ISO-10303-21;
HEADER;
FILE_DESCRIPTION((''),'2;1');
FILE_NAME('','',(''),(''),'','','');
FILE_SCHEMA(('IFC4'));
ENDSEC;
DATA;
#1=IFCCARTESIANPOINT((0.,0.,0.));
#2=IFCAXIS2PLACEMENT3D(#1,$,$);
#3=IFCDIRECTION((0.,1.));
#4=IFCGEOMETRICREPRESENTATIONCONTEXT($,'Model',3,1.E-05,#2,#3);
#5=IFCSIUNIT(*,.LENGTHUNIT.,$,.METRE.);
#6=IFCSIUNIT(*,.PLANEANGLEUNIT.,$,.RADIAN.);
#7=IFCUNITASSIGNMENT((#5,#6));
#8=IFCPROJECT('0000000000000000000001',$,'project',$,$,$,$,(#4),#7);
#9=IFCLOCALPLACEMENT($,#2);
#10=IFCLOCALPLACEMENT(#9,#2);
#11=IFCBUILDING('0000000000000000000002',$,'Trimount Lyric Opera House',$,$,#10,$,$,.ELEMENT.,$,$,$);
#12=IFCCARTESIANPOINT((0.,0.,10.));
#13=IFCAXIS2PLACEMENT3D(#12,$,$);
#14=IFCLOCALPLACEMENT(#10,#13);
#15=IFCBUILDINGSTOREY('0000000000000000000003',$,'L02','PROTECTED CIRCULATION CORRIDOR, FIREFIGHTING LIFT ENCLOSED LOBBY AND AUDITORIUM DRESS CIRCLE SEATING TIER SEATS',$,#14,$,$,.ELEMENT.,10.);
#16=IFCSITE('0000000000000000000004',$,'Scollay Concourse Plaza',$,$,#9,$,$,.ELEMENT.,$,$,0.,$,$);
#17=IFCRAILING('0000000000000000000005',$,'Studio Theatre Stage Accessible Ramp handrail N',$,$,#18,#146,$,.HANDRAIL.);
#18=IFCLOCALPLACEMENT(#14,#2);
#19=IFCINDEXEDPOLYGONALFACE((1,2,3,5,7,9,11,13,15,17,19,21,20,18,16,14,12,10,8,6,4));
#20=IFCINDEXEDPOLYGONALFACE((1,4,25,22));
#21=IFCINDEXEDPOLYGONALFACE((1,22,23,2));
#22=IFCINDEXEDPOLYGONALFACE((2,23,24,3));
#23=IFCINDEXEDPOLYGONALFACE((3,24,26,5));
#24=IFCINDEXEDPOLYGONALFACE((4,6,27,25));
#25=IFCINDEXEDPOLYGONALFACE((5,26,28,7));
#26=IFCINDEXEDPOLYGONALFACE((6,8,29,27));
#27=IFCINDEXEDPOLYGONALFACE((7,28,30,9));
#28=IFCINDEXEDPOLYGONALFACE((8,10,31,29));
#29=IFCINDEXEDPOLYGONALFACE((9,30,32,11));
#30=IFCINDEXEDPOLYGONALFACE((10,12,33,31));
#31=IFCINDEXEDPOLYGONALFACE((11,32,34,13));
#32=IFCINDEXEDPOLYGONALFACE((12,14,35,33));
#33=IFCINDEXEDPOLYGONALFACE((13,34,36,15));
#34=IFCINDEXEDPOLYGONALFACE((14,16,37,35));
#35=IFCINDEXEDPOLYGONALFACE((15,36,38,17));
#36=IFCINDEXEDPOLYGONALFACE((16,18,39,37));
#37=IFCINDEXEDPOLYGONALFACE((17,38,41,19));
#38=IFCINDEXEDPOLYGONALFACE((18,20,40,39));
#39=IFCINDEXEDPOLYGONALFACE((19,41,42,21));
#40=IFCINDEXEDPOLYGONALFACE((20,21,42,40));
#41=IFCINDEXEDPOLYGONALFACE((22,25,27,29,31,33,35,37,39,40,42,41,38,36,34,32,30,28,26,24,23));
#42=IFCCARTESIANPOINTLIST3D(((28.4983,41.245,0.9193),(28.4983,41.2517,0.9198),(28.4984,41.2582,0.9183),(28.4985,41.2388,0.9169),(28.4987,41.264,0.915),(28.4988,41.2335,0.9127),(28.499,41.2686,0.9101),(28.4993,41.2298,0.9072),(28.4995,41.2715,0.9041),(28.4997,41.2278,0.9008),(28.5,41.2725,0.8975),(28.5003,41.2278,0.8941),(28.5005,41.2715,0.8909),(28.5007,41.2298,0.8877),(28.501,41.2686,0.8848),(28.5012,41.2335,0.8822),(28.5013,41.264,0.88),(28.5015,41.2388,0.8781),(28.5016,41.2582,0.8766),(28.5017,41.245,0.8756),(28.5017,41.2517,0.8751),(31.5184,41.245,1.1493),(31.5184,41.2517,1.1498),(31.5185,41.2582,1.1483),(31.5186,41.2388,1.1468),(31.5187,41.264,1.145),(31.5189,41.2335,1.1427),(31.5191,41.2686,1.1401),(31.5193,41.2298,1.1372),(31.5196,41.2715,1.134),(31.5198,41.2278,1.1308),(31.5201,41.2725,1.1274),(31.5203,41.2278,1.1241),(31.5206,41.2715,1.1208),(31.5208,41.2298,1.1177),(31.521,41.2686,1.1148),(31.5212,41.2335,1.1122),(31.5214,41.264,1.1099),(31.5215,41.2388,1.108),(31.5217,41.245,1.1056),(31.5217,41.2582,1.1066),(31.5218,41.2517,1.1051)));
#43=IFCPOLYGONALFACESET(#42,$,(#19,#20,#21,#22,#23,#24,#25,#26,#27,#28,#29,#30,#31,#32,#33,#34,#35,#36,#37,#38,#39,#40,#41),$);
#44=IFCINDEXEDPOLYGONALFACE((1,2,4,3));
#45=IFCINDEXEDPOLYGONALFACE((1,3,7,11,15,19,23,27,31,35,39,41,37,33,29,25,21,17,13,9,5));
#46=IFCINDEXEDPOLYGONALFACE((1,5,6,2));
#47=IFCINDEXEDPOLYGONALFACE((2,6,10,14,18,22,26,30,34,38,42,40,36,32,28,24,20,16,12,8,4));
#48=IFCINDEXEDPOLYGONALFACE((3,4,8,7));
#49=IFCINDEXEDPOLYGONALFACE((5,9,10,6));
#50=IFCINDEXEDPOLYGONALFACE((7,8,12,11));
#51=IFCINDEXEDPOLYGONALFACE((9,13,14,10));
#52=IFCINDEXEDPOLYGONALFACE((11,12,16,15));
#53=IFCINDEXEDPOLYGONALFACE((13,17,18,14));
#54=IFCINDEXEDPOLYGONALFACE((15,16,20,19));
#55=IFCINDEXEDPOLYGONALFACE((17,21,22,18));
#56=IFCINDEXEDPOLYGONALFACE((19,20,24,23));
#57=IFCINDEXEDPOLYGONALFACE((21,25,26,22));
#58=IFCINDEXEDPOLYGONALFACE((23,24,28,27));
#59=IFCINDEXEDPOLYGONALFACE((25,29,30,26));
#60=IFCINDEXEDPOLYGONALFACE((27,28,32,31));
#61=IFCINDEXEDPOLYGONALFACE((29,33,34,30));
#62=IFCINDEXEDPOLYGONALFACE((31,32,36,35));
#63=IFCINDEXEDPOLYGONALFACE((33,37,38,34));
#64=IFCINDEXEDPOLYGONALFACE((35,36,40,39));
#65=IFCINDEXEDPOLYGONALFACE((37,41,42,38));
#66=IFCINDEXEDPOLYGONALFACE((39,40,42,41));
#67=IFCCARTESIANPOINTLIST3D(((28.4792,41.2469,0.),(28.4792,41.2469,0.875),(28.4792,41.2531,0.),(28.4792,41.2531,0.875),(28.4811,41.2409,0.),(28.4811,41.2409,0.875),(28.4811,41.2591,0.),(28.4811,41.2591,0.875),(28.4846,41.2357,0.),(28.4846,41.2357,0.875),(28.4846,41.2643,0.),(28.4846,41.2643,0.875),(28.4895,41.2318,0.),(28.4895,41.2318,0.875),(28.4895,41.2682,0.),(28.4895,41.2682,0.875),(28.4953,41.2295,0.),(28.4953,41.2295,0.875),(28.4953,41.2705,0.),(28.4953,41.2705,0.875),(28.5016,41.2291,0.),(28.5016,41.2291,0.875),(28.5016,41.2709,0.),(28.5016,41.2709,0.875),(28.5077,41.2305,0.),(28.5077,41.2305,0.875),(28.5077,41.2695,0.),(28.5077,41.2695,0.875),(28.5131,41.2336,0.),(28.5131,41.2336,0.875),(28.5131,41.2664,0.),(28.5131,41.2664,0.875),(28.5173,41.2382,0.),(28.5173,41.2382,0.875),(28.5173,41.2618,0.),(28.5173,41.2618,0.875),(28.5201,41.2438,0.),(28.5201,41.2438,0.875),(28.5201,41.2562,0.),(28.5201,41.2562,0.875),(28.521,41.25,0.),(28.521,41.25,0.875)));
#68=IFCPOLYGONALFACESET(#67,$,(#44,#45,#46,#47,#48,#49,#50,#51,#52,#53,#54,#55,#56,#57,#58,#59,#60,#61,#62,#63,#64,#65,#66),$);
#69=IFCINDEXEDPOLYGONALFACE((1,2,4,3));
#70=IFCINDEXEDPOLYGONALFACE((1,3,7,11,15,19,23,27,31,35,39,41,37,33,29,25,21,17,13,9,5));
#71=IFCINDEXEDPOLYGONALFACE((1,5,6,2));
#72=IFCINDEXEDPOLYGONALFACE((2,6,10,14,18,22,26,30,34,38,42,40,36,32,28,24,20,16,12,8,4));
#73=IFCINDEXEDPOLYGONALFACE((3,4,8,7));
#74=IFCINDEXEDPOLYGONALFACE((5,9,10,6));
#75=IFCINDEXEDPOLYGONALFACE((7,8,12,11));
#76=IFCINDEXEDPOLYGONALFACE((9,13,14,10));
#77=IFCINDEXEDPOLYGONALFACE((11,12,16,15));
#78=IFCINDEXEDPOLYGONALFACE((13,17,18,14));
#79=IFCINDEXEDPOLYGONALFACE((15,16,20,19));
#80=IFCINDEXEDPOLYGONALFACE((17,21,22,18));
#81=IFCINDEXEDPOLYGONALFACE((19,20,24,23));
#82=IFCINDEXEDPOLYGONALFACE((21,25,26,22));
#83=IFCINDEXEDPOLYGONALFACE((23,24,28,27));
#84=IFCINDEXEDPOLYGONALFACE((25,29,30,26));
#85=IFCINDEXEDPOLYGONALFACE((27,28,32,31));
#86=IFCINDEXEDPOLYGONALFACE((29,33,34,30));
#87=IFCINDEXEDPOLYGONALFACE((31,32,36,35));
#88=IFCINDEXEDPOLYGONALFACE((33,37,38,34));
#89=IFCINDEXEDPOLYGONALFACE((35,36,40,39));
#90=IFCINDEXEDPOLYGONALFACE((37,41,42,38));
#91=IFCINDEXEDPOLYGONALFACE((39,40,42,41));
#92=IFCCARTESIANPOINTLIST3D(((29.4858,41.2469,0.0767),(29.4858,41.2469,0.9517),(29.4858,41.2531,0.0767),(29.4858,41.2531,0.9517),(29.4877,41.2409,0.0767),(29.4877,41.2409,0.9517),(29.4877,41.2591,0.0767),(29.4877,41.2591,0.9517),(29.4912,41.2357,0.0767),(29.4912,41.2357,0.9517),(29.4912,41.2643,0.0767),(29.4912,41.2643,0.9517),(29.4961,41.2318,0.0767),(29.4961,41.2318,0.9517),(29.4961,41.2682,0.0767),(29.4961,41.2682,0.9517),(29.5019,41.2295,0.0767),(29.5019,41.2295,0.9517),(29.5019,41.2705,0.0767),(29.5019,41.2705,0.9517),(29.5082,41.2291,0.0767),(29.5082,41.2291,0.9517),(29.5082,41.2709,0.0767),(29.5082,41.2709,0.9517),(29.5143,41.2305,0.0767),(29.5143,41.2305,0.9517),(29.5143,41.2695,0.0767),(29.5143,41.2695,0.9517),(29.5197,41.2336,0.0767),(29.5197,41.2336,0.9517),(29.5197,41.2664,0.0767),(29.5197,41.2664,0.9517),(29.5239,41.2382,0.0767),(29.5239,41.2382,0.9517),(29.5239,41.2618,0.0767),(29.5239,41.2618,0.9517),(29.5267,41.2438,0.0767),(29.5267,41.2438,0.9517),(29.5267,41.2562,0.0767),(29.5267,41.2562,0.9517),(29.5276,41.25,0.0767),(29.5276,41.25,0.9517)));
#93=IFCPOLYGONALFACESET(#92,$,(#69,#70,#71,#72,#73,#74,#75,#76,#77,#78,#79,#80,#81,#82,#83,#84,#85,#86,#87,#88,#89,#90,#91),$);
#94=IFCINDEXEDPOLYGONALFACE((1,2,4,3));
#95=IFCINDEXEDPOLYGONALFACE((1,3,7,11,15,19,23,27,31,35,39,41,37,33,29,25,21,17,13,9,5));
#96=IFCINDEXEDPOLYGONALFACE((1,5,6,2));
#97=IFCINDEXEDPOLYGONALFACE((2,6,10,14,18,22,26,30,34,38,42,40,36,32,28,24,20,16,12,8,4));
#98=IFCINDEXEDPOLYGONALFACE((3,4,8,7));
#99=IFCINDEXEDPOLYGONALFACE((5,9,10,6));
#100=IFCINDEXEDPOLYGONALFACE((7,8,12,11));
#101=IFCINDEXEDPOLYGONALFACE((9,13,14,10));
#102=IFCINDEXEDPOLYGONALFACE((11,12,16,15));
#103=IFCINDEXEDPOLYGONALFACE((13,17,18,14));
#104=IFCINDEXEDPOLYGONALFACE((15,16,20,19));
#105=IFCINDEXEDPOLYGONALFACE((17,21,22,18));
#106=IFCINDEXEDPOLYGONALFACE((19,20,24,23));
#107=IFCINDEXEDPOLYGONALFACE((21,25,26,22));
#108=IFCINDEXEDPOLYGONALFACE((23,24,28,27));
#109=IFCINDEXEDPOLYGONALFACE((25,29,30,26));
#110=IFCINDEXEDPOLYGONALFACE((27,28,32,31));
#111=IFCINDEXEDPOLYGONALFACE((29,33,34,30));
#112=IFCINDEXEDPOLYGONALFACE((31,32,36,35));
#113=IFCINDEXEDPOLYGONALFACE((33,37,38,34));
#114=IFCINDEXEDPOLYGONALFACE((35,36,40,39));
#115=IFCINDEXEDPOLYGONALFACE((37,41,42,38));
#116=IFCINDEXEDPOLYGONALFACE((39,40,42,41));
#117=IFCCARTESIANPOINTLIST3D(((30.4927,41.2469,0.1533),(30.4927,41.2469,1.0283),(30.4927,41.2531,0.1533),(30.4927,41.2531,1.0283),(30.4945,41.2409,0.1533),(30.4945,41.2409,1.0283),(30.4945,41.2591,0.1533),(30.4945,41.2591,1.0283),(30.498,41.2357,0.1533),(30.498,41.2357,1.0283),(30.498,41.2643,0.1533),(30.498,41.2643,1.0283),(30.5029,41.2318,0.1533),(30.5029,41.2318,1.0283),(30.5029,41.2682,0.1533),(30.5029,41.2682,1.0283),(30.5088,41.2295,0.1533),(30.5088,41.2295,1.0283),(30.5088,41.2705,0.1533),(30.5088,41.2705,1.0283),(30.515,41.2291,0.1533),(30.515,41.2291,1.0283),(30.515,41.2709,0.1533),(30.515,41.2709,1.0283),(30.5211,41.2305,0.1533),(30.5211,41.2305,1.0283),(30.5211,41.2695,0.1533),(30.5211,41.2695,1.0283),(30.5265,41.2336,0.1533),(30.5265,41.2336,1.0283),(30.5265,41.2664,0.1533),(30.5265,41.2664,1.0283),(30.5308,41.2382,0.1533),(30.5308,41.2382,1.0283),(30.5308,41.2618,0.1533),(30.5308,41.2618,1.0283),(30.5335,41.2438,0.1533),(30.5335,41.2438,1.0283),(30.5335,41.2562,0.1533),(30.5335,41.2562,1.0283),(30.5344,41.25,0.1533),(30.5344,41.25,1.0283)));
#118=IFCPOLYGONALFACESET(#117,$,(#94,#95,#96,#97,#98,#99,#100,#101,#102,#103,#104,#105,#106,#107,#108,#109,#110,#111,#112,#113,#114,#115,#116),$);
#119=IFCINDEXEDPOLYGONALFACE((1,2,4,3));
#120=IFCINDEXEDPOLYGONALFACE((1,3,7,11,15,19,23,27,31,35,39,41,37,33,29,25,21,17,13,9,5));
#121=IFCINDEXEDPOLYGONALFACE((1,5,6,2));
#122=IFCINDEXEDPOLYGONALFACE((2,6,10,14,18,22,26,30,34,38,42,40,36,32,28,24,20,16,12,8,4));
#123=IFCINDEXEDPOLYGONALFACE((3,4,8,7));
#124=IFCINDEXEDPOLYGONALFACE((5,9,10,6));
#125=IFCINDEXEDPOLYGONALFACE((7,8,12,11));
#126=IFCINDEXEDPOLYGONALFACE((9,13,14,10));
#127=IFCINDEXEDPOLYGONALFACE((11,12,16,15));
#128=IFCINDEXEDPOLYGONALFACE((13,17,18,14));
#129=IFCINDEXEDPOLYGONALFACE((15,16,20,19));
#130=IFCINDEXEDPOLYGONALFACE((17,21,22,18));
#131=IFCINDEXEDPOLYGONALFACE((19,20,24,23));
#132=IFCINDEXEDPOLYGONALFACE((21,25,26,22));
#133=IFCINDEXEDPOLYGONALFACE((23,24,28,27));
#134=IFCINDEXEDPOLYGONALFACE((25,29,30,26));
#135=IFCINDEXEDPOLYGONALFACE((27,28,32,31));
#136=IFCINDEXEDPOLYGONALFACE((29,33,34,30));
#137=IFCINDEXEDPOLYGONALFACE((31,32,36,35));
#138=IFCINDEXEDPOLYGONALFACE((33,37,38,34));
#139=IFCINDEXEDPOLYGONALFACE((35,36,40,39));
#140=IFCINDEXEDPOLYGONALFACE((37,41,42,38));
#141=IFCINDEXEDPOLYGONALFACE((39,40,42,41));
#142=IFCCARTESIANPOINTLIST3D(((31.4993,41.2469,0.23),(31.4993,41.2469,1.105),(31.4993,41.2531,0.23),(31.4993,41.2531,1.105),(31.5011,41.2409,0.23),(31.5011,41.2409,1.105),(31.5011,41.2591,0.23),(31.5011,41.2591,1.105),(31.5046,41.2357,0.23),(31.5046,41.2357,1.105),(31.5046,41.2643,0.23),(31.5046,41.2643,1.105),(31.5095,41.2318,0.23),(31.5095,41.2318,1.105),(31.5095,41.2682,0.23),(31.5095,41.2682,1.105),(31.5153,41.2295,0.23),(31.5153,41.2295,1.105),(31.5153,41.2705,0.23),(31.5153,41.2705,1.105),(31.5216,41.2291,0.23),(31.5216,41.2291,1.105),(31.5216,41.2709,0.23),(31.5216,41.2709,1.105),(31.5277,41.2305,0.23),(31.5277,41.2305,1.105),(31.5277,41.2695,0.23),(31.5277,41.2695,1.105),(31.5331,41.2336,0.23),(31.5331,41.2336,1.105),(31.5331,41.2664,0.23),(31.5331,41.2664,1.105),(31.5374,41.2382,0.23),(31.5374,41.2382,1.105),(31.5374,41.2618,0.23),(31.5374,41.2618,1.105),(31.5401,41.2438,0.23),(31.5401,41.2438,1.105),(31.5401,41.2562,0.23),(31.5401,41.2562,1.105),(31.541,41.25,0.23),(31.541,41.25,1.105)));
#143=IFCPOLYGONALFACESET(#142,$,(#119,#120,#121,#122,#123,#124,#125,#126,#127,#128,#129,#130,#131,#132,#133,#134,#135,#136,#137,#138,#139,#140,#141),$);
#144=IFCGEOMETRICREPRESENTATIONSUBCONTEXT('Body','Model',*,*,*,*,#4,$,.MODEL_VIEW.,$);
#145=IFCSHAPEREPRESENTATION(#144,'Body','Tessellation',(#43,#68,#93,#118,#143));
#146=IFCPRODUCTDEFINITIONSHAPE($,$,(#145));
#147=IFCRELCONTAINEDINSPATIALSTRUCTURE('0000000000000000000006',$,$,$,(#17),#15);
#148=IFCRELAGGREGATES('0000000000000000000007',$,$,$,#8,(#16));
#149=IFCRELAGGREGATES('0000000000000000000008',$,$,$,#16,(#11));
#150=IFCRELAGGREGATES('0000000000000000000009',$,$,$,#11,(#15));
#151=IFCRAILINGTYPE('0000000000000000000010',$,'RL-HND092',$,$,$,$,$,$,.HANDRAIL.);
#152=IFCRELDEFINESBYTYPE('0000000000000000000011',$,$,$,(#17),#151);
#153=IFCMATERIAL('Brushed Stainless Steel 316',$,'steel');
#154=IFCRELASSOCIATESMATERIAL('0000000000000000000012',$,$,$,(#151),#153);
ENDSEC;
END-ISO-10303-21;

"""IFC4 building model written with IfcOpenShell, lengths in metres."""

from ifc_helpers import new_model, si_unit, direction, frame, origin, origin_2d, place, context, subcontext, project, spatial, circle, extrude, material, type_object, element, save


model = new_model("IFC4")

# Units and contexts
model_context = context("Model", 3, precision=1e-05, world=origin(), true_north=direction((0.0, 1.0)))
body_context = subcontext(model_context, "Body", "Model", "MODEL_VIEW")
ifc_project = project(units=[si_unit("LENGTHUNIT", "METRE"), si_unit("PLANEANGLEUNIT", "RADIAN")], contexts=[model_context])

# Site, building, storey
site_placement = place(None, origin())
site = spatial("IfcSite", under=ifc_project, at=site_placement, Name="Scollay Concourse Plaza", CompositionType="ELEMENT", RefElevation=0.0)
building_placement = place(site_placement, origin())
building = spatial("IfcBuilding", under=site, at=building_placement, Name="Trimount Lyric Opera House", CompositionType="ELEMENT")
storey_placement = place(building_placement, frame((0.0, 0.0, 10.0)))
storey = spatial("IfcBuildingStorey", under=building, at=storey_placement, Name="L02", Description="PROTECTED CIRCULATION CORRIDOR, FIREFIGHTING LIFT ENCLOSED LOBBY AND AUDITORIUM DRESS CIRCLE SEATING TIER SEATS", CompositionType="ELEMENT", Elevation=10.0)

# Railing
ifc_material_1 = material(Name="Brushed Stainless Steel 316", Category="steel")
railing_type = type_object("IfcRailingType", Name="RL-HND092", PredefinedType="HANDRAIL", material=ifc_material_1)
for number, where, name in (
    (1, (28.5, 41.25, 0.0), "Studio Theatre Stage Accessible Ramp handrail N"),
):
    element("IfcRailing", number, at=place(storey_placement, frame(where)), inside=storey, type_object=railing_type, Name=name, PredefinedType="HANDRAIL", context=body_context, shape_type="SweptSolid", body=[
        extrude(circle(Radius=0.0225, at=origin_2d()), frame((0.0, 0.0, 0.8975), z_axis=(0.997113, 0.0, 0.075932), x_axis=(0.0, 1.0, 0.0)), (0.0, 0.0, 1.0), 3.0288),
        extrude(circle(Radius=0.021, at=origin_2d()), origin(), (0.0, 0.0, 1.0), 0.875),
        extrude(circle(Radius=0.021, at=origin_2d()), frame((1.0066, 0.0, 0.0767)), (0.0, 0.0, 1.0), 0.875),
        extrude(circle(Radius=0.021, at=origin_2d()), frame((2.0134, 0.0, 0.1533)), (0.0, 0.0, 1.0), 0.875),
        extrude(circle(Radius=0.021, at=origin_2d()), frame((3.02, 0.0, 0.23)), (0.0, 0.0, 1.0), 0.875),
    ])

save(model, "model.ifc")
